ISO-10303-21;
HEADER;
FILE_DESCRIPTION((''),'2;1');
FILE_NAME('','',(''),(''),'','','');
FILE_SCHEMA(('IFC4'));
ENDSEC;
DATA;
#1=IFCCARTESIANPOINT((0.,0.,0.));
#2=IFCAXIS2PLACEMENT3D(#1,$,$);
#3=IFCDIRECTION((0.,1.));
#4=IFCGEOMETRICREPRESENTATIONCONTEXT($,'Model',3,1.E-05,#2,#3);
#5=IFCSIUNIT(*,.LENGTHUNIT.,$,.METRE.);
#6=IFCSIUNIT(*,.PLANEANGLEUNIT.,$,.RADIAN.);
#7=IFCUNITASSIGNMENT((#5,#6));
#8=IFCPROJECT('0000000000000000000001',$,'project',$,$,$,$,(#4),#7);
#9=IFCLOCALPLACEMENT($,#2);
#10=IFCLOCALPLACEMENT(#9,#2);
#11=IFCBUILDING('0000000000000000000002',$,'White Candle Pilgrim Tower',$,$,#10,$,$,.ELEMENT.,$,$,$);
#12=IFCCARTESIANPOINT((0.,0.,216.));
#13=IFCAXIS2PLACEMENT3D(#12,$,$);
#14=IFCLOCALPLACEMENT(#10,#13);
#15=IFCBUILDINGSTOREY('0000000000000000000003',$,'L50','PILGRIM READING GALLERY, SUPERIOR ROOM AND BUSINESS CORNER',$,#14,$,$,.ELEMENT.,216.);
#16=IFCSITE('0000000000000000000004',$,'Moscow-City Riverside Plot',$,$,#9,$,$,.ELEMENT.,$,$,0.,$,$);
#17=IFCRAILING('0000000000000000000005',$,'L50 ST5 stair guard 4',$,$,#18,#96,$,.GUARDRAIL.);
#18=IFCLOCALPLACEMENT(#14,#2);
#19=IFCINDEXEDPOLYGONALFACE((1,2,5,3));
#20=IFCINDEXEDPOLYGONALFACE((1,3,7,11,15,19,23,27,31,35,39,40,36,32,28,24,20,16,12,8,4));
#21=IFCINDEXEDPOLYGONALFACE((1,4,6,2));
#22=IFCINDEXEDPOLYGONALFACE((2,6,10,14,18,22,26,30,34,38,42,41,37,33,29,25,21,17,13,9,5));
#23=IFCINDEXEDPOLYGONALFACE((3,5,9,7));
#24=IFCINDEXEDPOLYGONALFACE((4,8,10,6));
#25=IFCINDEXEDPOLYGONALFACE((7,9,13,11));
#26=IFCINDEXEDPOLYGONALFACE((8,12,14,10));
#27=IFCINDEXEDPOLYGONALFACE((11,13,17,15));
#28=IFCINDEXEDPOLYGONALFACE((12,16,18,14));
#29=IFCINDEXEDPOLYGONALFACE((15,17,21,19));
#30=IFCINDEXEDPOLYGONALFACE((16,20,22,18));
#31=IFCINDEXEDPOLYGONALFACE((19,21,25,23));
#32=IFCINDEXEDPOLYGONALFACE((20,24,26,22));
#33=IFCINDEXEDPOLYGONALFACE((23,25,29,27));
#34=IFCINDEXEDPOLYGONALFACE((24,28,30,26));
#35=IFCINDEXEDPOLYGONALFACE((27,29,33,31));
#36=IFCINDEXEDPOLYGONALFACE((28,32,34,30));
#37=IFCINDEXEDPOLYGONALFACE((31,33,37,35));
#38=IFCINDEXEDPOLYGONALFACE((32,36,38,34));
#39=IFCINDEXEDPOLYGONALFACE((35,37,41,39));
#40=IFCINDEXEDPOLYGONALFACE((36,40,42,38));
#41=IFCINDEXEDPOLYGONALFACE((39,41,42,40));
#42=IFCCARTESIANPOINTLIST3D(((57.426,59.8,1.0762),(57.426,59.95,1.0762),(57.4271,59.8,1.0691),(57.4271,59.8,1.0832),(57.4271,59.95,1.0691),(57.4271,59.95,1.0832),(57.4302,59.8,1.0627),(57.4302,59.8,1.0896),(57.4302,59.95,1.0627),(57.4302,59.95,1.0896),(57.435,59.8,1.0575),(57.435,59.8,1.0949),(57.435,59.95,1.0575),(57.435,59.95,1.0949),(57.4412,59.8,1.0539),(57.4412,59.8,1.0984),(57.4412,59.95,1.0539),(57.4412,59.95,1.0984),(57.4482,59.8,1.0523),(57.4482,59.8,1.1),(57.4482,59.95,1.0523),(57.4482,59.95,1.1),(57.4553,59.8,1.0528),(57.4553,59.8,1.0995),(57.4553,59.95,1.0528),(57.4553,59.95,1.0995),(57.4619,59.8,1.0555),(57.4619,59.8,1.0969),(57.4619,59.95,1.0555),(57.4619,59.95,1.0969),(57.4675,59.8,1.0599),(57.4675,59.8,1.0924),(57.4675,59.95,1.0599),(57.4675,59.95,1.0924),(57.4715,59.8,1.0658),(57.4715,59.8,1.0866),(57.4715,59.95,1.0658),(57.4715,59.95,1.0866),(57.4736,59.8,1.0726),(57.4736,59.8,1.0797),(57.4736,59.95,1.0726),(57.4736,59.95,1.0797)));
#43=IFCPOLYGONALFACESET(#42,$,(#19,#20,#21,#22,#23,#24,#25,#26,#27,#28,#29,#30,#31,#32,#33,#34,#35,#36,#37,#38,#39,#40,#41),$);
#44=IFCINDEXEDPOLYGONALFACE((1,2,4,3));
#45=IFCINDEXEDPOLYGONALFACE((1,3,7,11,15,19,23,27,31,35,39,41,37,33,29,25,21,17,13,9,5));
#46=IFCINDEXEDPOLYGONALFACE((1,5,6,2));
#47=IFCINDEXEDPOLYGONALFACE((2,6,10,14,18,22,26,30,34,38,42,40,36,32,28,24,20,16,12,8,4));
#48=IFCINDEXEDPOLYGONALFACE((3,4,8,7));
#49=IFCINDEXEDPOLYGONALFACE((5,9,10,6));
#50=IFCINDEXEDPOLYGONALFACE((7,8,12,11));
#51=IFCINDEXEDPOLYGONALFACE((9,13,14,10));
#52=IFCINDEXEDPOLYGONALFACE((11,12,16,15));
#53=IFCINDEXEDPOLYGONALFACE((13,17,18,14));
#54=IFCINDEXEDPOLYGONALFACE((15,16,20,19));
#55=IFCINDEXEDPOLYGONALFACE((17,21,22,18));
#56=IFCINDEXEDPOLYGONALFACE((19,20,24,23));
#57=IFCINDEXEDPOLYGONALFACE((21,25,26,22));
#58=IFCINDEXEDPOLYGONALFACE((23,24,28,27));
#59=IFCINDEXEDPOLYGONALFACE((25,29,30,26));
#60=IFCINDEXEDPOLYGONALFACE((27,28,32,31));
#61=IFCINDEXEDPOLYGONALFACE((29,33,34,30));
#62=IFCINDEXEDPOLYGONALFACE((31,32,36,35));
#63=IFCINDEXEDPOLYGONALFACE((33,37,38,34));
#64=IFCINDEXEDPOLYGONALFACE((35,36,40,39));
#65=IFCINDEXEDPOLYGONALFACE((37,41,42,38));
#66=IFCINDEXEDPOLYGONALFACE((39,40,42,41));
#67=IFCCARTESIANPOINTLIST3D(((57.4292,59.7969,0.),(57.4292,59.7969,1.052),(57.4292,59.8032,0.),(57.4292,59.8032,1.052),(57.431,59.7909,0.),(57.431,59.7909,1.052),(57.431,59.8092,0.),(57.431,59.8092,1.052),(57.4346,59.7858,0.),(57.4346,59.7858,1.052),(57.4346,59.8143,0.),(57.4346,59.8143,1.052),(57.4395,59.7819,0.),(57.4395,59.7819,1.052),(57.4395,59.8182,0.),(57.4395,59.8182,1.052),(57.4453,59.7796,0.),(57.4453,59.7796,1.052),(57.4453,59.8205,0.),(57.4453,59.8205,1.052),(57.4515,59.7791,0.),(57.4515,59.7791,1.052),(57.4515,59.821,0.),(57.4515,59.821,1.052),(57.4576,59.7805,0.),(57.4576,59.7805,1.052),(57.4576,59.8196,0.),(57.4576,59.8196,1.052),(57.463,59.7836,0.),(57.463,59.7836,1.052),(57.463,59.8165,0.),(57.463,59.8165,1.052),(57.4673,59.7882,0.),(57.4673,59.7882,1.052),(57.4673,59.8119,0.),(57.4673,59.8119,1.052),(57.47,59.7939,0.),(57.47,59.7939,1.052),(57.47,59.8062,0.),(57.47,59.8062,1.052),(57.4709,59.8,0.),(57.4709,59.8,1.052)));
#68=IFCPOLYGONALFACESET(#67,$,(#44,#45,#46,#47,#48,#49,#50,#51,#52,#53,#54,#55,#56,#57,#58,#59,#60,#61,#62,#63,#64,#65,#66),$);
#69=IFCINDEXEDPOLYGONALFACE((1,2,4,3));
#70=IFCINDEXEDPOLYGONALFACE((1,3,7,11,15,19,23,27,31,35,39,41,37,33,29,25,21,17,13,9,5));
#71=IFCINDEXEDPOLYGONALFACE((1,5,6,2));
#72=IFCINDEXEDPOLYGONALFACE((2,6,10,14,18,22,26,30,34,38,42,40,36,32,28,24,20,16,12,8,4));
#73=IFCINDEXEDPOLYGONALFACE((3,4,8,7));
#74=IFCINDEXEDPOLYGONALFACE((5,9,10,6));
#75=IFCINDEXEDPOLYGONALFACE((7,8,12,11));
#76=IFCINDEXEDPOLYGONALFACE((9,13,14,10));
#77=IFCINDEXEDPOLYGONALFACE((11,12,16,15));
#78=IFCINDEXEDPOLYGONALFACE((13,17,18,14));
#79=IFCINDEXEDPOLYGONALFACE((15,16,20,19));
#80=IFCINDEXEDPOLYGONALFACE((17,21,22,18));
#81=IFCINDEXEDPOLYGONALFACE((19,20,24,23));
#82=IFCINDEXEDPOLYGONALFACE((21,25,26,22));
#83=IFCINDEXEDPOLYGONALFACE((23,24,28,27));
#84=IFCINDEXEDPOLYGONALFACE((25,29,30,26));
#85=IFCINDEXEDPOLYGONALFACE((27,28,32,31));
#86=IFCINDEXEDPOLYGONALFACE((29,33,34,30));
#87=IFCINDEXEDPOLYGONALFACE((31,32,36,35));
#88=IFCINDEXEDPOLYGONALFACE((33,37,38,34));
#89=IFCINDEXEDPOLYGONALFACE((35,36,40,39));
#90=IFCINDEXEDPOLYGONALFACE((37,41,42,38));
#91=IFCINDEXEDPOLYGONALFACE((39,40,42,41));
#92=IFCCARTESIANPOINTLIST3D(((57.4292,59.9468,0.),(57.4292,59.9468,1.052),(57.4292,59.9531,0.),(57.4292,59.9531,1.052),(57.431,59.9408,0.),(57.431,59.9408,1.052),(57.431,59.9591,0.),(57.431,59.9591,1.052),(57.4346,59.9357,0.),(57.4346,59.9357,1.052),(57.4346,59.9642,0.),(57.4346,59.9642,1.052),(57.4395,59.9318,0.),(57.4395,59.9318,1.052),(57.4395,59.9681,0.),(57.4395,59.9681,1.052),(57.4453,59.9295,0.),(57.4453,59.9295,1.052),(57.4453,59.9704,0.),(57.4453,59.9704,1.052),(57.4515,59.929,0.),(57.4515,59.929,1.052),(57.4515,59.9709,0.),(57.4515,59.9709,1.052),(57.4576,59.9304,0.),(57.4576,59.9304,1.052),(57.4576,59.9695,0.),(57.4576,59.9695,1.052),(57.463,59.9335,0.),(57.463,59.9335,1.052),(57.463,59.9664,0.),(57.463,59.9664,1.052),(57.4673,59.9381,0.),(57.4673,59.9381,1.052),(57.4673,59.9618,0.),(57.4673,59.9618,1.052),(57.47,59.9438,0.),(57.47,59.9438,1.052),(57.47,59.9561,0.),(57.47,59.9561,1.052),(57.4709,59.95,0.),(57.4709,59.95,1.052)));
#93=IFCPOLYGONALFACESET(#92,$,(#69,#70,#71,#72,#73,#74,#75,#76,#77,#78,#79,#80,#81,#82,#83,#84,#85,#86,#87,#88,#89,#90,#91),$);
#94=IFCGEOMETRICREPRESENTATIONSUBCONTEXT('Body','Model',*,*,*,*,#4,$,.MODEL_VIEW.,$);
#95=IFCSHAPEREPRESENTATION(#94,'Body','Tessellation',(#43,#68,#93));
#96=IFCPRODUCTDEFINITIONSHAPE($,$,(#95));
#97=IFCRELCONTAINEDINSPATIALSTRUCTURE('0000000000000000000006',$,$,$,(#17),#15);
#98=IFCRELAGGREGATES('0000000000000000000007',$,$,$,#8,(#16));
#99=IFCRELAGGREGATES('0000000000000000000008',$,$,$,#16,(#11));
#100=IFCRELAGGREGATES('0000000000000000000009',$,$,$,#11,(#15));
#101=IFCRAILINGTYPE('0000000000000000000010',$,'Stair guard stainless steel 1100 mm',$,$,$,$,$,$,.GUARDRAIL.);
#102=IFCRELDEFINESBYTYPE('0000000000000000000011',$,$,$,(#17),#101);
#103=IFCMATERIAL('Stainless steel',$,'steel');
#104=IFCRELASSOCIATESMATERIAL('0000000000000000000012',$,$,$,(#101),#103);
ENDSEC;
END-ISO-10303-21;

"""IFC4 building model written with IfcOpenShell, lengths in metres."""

from ifc_helpers import new_model, si_unit, direction, frame, origin, origin_2d, place, context, subcontext, project, spatial, circle, extrude, material, type_object, element, save


model = new_model("IFC4")

# Units and contexts
model_context = context("Model", 3, precision=1e-05, world=origin(), true_north=direction((0.0, 1.0)))
body_context = subcontext(model_context, "Body", "Model", "MODEL_VIEW")
ifc_project = project(units=[si_unit("LENGTHUNIT", "METRE"), si_unit("PLANEANGLEUNIT", "RADIAN")], contexts=[model_context])

# Site, building, storey
site_placement = place(None, origin())
site = spatial("IfcSite", under=ifc_project, at=site_placement, Name="Moscow-City Riverside Plot", CompositionType="ELEMENT", RefElevation=0.0)
building_placement = place(site_placement, origin())
building = spatial("IfcBuilding", under=site, at=building_placement, Name="White Candle Pilgrim Tower", CompositionType="ELEMENT")
storey_placement = place(building_placement, frame((0.0, 0.0, 216.0)))
storey = spatial("IfcBuildingStorey", under=building, at=storey_placement, Name="L50", Description="PILGRIM READING GALLERY, SUPERIOR ROOM AND BUSINESS CORNER", CompositionType="ELEMENT", Elevation=216.0)

# Railing
ifc_material_1 = material(Name="Stainless steel", Category="steel")
railing_type_1 = type_object("IfcRailingType", Name="Stair guard stainless steel 1100 mm", PredefinedType="GUARDRAIL", material=ifc_material_1)
railing_1_placement = place(storey_placement, frame((57.45, 59.8, 0.0)))
element("IfcRailing", 1, at=railing_1_placement, inside=storey, type_object=railing_type_1, Name="L50 ST5 stair guard 4", PredefinedType="GUARDRAIL", context=body_context, shape_type="SweptSolid", body=[
    extrude(circle(Radius=0.0239, at=origin_2d()), frame((0.0, 0.0, 1.0762), z_axis=(0.0, 1.0, 0.0), x_axis=(-1.0, 0.0, 0.0)), (0.0, 0.0, 1.0), 0.1499),
    extrude(circle(Radius=0.021, at=origin_2d()), origin(), (0.0, 0.0, 1.0), 1.052),
    extrude(circle(Radius=0.021, at=origin_2d()), frame((0.0, 0.1499, 0.0)), (0.0, 0.0, 1.0), 1.052),
])

save(model, "model.ifc")
